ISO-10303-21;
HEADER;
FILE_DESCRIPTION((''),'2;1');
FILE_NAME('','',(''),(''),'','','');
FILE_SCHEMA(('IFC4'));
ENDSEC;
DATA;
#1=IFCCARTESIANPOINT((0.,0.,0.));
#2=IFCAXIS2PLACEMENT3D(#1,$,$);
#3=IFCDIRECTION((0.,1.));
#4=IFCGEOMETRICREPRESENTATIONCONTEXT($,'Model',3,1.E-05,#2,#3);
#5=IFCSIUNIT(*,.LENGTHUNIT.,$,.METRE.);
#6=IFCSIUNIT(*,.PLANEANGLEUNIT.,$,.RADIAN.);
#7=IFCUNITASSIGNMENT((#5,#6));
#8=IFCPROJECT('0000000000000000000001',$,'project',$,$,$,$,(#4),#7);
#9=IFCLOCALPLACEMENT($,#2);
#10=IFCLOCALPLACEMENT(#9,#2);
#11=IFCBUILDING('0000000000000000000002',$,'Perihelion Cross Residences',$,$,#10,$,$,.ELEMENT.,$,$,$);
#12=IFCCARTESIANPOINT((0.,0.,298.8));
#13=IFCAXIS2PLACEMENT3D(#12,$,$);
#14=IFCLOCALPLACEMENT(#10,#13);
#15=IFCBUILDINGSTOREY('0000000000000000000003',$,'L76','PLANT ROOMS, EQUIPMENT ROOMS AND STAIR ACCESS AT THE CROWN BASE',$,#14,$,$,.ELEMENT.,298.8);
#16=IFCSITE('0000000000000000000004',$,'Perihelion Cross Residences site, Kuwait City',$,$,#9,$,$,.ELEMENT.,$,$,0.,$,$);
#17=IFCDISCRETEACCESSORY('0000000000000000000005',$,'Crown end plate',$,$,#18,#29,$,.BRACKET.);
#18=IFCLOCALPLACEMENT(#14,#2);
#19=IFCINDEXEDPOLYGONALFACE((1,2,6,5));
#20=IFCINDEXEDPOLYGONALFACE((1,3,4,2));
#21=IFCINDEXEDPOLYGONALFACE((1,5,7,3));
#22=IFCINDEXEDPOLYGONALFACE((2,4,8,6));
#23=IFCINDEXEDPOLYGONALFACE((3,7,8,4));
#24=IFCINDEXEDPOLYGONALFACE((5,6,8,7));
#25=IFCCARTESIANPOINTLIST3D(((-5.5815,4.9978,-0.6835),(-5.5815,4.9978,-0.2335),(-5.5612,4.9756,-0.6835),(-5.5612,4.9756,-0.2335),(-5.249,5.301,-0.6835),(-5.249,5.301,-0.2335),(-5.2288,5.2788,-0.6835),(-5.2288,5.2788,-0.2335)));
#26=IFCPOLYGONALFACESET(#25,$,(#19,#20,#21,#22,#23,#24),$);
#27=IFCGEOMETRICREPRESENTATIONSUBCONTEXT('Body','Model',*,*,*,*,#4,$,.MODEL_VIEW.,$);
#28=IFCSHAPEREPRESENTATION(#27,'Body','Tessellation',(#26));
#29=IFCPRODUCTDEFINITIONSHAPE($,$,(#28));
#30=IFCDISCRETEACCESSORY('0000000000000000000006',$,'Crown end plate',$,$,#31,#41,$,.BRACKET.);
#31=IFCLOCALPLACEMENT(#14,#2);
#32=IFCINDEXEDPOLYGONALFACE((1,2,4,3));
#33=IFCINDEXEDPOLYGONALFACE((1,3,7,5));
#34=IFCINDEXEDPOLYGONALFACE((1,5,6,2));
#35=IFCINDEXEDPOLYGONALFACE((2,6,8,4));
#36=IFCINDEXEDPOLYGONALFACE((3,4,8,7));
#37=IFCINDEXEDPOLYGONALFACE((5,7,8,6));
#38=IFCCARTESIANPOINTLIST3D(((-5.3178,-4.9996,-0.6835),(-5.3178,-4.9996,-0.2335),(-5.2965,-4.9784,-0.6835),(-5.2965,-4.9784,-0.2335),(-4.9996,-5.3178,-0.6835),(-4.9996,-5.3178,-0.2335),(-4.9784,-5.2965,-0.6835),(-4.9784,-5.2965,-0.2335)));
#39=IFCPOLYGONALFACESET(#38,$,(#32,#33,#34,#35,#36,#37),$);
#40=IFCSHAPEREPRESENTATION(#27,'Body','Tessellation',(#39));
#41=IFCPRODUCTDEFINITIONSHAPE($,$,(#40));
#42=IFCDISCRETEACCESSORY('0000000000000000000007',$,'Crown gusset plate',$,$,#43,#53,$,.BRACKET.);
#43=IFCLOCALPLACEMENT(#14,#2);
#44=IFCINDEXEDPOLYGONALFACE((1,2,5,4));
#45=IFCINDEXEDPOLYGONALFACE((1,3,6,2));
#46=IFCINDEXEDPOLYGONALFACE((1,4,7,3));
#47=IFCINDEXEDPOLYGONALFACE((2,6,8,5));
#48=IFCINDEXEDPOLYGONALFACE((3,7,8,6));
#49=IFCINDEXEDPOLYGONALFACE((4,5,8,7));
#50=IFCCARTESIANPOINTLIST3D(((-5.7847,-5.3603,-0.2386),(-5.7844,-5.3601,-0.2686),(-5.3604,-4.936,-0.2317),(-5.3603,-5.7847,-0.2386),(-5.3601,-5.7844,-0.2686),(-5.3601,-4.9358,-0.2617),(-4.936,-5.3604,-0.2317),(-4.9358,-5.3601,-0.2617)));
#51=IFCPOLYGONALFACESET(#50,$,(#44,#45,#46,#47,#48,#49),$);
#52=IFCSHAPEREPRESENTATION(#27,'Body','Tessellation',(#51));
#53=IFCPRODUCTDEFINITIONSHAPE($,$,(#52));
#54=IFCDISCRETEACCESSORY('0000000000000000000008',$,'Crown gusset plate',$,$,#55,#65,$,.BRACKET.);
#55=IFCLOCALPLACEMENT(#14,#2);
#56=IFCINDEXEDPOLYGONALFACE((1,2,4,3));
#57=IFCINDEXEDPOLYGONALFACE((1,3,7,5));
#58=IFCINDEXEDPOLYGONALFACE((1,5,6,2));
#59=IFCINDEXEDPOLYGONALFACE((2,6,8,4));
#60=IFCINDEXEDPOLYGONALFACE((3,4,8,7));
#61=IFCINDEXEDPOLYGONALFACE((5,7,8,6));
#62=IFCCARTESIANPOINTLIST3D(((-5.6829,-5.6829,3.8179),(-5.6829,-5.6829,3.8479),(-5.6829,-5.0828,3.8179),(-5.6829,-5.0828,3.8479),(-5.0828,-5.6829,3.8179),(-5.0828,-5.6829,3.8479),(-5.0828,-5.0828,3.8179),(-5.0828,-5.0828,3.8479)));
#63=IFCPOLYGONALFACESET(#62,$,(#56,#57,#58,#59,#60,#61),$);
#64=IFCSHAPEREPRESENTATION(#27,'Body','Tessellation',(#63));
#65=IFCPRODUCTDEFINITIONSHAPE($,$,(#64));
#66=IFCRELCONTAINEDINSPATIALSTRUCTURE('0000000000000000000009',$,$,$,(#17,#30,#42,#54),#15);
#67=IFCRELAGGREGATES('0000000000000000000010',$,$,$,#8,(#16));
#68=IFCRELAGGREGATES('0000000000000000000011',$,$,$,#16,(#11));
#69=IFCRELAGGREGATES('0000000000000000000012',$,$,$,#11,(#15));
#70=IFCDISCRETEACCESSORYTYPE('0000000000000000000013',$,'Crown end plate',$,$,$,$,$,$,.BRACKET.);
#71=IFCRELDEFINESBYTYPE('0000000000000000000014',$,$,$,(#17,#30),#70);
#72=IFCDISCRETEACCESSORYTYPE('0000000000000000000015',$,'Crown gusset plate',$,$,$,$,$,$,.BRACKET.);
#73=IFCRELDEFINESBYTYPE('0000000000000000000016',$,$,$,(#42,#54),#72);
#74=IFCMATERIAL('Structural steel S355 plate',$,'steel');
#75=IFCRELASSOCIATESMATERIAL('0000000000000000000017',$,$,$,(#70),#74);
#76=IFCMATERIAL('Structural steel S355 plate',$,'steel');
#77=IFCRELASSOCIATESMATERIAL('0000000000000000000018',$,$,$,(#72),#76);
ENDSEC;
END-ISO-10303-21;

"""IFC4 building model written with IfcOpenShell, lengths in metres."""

from ifc_helpers import new_model, si_unit, direction, frame, origin, origin_2d, place, context, subcontext, project, spatial, rectangle, extrude, material, material_profile, profile_set, type_object, element, save


model = new_model("IFC4")

# Units and contexts
model_context = context("Model", 3, precision=1e-05, world=origin(), true_north=direction((0.0, 1.0)))
body_context = subcontext(model_context, "Body", "Model", "MODEL_VIEW")
ifc_project = project(units=[si_unit("LENGTHUNIT", "METRE"), si_unit("PLANEANGLEUNIT", "RADIAN")], contexts=[model_context])

# Site, building, storey
site_placement = place(None, origin())
site = spatial("IfcSite", under=ifc_project, at=site_placement, Name="Perihelion Cross Residences site, Kuwait City", CompositionType="ELEMENT", RefElevation=0.0)
building_placement = place(site_placement, origin())
building = spatial("IfcBuilding", under=site, at=building_placement, Name="Perihelion Cross Residences", CompositionType="ELEMENT")
storey_placement = place(building_placement, frame((0.0, 0.0, 298.8)))
storey = spatial("IfcBuildingStorey", under=building, at=storey_placement, Name="L76", Description="PLANT ROOMS, EQUIPMENT ROOMS AND STAIR ACCESS AT THE CROWN BASE", CompositionType="ELEMENT", Elevation=298.8)

# Discrete accessories
ifc_material_1 = material(Name="Structural steel S355 plate", Category="steel")
ifc_material_profile_1 = material_profile(ifc_material_1, rectangle(XDim=0.45, YDim=0.45, at=origin_2d()), Name="Crown end plate")
ifc_profile_set_1 = profile_set([ifc_material_profile_1], Name="Structural steel S355 plate")
discrete_accessory_type_1 = type_object("IfcDiscreteAccessoryType", Name="Crown end plate", PredefinedType="BRACKET", material=ifc_profile_set_1)
for number, where, z_axis, x_axis, name in (
    (1, (-5.395, 5.1272, -0.4585), (-0.673884, 0.738837, 0.0), (-0.738837, -0.673884, 0.0), "Crown end plate"),
    (2, (-5.1375, -5.1375, -0.4585), (-0.707107, -0.707107, 0.0), (0.707107, -0.707107, 0.0), "Crown end plate"),
):
    element("IfcDiscreteAccessory", number, at=place(storey_placement, frame(where, z_axis=z_axis, x_axis=x_axis)), inside=storey, type_object=discrete_accessory_type_1, Name=name, PredefinedType="BRACKET", context=body_context, shape_type="SweptSolid", body=[
        extrude(rectangle(XDim=0.45, YDim=0.45, at=origin_2d()), origin(), (0.0, 0.0, 1.0), 0.03),
    ])
ifc_material_2 = material(Name="Structural steel S355 plate", Category="steel")
ifc_material_profile_2 = material_profile(ifc_material_2, rectangle(XDim=0.6001, YDim=0.6001, at=origin_2d()), Name="Crown gusset plate")
ifc_profile_set_2 = profile_set([ifc_material_profile_2], Name="Structural steel S355 plate")
discrete_accessory_type_2 = type_object("IfcDiscreteAccessoryType", Name="Crown gusset plate", PredefinedType="BRACKET", material=ifc_profile_set_2)
for number, where, z_axis, x_axis, name in (
    (3, (-5.3601, -5.3601, -0.2651), (-0.00813, -0.00813, 0.999934), (0.707107, -0.707107, 0.0), "Crown gusset plate"),
    (4, (-5.3828, -5.3828, 3.8179), (0.0, 0.0, 1.0), (1.0, 0.0, 0.0), "Crown gusset plate"),
):
    element("IfcDiscreteAccessory", number, at=place(storey_placement, frame(where, z_axis=z_axis, x_axis=x_axis)), inside=storey, type_object=discrete_accessory_type_2, Name=name, PredefinedType="BRACKET", context=body_context, shape_type="SweptSolid", body=[
        extrude(rectangle(XDim=0.6001, YDim=0.6001, at=origin_2d()), origin(), (0.0, 0.0, 1.0), 0.03),
    ])

save(model, "model.ifc")
